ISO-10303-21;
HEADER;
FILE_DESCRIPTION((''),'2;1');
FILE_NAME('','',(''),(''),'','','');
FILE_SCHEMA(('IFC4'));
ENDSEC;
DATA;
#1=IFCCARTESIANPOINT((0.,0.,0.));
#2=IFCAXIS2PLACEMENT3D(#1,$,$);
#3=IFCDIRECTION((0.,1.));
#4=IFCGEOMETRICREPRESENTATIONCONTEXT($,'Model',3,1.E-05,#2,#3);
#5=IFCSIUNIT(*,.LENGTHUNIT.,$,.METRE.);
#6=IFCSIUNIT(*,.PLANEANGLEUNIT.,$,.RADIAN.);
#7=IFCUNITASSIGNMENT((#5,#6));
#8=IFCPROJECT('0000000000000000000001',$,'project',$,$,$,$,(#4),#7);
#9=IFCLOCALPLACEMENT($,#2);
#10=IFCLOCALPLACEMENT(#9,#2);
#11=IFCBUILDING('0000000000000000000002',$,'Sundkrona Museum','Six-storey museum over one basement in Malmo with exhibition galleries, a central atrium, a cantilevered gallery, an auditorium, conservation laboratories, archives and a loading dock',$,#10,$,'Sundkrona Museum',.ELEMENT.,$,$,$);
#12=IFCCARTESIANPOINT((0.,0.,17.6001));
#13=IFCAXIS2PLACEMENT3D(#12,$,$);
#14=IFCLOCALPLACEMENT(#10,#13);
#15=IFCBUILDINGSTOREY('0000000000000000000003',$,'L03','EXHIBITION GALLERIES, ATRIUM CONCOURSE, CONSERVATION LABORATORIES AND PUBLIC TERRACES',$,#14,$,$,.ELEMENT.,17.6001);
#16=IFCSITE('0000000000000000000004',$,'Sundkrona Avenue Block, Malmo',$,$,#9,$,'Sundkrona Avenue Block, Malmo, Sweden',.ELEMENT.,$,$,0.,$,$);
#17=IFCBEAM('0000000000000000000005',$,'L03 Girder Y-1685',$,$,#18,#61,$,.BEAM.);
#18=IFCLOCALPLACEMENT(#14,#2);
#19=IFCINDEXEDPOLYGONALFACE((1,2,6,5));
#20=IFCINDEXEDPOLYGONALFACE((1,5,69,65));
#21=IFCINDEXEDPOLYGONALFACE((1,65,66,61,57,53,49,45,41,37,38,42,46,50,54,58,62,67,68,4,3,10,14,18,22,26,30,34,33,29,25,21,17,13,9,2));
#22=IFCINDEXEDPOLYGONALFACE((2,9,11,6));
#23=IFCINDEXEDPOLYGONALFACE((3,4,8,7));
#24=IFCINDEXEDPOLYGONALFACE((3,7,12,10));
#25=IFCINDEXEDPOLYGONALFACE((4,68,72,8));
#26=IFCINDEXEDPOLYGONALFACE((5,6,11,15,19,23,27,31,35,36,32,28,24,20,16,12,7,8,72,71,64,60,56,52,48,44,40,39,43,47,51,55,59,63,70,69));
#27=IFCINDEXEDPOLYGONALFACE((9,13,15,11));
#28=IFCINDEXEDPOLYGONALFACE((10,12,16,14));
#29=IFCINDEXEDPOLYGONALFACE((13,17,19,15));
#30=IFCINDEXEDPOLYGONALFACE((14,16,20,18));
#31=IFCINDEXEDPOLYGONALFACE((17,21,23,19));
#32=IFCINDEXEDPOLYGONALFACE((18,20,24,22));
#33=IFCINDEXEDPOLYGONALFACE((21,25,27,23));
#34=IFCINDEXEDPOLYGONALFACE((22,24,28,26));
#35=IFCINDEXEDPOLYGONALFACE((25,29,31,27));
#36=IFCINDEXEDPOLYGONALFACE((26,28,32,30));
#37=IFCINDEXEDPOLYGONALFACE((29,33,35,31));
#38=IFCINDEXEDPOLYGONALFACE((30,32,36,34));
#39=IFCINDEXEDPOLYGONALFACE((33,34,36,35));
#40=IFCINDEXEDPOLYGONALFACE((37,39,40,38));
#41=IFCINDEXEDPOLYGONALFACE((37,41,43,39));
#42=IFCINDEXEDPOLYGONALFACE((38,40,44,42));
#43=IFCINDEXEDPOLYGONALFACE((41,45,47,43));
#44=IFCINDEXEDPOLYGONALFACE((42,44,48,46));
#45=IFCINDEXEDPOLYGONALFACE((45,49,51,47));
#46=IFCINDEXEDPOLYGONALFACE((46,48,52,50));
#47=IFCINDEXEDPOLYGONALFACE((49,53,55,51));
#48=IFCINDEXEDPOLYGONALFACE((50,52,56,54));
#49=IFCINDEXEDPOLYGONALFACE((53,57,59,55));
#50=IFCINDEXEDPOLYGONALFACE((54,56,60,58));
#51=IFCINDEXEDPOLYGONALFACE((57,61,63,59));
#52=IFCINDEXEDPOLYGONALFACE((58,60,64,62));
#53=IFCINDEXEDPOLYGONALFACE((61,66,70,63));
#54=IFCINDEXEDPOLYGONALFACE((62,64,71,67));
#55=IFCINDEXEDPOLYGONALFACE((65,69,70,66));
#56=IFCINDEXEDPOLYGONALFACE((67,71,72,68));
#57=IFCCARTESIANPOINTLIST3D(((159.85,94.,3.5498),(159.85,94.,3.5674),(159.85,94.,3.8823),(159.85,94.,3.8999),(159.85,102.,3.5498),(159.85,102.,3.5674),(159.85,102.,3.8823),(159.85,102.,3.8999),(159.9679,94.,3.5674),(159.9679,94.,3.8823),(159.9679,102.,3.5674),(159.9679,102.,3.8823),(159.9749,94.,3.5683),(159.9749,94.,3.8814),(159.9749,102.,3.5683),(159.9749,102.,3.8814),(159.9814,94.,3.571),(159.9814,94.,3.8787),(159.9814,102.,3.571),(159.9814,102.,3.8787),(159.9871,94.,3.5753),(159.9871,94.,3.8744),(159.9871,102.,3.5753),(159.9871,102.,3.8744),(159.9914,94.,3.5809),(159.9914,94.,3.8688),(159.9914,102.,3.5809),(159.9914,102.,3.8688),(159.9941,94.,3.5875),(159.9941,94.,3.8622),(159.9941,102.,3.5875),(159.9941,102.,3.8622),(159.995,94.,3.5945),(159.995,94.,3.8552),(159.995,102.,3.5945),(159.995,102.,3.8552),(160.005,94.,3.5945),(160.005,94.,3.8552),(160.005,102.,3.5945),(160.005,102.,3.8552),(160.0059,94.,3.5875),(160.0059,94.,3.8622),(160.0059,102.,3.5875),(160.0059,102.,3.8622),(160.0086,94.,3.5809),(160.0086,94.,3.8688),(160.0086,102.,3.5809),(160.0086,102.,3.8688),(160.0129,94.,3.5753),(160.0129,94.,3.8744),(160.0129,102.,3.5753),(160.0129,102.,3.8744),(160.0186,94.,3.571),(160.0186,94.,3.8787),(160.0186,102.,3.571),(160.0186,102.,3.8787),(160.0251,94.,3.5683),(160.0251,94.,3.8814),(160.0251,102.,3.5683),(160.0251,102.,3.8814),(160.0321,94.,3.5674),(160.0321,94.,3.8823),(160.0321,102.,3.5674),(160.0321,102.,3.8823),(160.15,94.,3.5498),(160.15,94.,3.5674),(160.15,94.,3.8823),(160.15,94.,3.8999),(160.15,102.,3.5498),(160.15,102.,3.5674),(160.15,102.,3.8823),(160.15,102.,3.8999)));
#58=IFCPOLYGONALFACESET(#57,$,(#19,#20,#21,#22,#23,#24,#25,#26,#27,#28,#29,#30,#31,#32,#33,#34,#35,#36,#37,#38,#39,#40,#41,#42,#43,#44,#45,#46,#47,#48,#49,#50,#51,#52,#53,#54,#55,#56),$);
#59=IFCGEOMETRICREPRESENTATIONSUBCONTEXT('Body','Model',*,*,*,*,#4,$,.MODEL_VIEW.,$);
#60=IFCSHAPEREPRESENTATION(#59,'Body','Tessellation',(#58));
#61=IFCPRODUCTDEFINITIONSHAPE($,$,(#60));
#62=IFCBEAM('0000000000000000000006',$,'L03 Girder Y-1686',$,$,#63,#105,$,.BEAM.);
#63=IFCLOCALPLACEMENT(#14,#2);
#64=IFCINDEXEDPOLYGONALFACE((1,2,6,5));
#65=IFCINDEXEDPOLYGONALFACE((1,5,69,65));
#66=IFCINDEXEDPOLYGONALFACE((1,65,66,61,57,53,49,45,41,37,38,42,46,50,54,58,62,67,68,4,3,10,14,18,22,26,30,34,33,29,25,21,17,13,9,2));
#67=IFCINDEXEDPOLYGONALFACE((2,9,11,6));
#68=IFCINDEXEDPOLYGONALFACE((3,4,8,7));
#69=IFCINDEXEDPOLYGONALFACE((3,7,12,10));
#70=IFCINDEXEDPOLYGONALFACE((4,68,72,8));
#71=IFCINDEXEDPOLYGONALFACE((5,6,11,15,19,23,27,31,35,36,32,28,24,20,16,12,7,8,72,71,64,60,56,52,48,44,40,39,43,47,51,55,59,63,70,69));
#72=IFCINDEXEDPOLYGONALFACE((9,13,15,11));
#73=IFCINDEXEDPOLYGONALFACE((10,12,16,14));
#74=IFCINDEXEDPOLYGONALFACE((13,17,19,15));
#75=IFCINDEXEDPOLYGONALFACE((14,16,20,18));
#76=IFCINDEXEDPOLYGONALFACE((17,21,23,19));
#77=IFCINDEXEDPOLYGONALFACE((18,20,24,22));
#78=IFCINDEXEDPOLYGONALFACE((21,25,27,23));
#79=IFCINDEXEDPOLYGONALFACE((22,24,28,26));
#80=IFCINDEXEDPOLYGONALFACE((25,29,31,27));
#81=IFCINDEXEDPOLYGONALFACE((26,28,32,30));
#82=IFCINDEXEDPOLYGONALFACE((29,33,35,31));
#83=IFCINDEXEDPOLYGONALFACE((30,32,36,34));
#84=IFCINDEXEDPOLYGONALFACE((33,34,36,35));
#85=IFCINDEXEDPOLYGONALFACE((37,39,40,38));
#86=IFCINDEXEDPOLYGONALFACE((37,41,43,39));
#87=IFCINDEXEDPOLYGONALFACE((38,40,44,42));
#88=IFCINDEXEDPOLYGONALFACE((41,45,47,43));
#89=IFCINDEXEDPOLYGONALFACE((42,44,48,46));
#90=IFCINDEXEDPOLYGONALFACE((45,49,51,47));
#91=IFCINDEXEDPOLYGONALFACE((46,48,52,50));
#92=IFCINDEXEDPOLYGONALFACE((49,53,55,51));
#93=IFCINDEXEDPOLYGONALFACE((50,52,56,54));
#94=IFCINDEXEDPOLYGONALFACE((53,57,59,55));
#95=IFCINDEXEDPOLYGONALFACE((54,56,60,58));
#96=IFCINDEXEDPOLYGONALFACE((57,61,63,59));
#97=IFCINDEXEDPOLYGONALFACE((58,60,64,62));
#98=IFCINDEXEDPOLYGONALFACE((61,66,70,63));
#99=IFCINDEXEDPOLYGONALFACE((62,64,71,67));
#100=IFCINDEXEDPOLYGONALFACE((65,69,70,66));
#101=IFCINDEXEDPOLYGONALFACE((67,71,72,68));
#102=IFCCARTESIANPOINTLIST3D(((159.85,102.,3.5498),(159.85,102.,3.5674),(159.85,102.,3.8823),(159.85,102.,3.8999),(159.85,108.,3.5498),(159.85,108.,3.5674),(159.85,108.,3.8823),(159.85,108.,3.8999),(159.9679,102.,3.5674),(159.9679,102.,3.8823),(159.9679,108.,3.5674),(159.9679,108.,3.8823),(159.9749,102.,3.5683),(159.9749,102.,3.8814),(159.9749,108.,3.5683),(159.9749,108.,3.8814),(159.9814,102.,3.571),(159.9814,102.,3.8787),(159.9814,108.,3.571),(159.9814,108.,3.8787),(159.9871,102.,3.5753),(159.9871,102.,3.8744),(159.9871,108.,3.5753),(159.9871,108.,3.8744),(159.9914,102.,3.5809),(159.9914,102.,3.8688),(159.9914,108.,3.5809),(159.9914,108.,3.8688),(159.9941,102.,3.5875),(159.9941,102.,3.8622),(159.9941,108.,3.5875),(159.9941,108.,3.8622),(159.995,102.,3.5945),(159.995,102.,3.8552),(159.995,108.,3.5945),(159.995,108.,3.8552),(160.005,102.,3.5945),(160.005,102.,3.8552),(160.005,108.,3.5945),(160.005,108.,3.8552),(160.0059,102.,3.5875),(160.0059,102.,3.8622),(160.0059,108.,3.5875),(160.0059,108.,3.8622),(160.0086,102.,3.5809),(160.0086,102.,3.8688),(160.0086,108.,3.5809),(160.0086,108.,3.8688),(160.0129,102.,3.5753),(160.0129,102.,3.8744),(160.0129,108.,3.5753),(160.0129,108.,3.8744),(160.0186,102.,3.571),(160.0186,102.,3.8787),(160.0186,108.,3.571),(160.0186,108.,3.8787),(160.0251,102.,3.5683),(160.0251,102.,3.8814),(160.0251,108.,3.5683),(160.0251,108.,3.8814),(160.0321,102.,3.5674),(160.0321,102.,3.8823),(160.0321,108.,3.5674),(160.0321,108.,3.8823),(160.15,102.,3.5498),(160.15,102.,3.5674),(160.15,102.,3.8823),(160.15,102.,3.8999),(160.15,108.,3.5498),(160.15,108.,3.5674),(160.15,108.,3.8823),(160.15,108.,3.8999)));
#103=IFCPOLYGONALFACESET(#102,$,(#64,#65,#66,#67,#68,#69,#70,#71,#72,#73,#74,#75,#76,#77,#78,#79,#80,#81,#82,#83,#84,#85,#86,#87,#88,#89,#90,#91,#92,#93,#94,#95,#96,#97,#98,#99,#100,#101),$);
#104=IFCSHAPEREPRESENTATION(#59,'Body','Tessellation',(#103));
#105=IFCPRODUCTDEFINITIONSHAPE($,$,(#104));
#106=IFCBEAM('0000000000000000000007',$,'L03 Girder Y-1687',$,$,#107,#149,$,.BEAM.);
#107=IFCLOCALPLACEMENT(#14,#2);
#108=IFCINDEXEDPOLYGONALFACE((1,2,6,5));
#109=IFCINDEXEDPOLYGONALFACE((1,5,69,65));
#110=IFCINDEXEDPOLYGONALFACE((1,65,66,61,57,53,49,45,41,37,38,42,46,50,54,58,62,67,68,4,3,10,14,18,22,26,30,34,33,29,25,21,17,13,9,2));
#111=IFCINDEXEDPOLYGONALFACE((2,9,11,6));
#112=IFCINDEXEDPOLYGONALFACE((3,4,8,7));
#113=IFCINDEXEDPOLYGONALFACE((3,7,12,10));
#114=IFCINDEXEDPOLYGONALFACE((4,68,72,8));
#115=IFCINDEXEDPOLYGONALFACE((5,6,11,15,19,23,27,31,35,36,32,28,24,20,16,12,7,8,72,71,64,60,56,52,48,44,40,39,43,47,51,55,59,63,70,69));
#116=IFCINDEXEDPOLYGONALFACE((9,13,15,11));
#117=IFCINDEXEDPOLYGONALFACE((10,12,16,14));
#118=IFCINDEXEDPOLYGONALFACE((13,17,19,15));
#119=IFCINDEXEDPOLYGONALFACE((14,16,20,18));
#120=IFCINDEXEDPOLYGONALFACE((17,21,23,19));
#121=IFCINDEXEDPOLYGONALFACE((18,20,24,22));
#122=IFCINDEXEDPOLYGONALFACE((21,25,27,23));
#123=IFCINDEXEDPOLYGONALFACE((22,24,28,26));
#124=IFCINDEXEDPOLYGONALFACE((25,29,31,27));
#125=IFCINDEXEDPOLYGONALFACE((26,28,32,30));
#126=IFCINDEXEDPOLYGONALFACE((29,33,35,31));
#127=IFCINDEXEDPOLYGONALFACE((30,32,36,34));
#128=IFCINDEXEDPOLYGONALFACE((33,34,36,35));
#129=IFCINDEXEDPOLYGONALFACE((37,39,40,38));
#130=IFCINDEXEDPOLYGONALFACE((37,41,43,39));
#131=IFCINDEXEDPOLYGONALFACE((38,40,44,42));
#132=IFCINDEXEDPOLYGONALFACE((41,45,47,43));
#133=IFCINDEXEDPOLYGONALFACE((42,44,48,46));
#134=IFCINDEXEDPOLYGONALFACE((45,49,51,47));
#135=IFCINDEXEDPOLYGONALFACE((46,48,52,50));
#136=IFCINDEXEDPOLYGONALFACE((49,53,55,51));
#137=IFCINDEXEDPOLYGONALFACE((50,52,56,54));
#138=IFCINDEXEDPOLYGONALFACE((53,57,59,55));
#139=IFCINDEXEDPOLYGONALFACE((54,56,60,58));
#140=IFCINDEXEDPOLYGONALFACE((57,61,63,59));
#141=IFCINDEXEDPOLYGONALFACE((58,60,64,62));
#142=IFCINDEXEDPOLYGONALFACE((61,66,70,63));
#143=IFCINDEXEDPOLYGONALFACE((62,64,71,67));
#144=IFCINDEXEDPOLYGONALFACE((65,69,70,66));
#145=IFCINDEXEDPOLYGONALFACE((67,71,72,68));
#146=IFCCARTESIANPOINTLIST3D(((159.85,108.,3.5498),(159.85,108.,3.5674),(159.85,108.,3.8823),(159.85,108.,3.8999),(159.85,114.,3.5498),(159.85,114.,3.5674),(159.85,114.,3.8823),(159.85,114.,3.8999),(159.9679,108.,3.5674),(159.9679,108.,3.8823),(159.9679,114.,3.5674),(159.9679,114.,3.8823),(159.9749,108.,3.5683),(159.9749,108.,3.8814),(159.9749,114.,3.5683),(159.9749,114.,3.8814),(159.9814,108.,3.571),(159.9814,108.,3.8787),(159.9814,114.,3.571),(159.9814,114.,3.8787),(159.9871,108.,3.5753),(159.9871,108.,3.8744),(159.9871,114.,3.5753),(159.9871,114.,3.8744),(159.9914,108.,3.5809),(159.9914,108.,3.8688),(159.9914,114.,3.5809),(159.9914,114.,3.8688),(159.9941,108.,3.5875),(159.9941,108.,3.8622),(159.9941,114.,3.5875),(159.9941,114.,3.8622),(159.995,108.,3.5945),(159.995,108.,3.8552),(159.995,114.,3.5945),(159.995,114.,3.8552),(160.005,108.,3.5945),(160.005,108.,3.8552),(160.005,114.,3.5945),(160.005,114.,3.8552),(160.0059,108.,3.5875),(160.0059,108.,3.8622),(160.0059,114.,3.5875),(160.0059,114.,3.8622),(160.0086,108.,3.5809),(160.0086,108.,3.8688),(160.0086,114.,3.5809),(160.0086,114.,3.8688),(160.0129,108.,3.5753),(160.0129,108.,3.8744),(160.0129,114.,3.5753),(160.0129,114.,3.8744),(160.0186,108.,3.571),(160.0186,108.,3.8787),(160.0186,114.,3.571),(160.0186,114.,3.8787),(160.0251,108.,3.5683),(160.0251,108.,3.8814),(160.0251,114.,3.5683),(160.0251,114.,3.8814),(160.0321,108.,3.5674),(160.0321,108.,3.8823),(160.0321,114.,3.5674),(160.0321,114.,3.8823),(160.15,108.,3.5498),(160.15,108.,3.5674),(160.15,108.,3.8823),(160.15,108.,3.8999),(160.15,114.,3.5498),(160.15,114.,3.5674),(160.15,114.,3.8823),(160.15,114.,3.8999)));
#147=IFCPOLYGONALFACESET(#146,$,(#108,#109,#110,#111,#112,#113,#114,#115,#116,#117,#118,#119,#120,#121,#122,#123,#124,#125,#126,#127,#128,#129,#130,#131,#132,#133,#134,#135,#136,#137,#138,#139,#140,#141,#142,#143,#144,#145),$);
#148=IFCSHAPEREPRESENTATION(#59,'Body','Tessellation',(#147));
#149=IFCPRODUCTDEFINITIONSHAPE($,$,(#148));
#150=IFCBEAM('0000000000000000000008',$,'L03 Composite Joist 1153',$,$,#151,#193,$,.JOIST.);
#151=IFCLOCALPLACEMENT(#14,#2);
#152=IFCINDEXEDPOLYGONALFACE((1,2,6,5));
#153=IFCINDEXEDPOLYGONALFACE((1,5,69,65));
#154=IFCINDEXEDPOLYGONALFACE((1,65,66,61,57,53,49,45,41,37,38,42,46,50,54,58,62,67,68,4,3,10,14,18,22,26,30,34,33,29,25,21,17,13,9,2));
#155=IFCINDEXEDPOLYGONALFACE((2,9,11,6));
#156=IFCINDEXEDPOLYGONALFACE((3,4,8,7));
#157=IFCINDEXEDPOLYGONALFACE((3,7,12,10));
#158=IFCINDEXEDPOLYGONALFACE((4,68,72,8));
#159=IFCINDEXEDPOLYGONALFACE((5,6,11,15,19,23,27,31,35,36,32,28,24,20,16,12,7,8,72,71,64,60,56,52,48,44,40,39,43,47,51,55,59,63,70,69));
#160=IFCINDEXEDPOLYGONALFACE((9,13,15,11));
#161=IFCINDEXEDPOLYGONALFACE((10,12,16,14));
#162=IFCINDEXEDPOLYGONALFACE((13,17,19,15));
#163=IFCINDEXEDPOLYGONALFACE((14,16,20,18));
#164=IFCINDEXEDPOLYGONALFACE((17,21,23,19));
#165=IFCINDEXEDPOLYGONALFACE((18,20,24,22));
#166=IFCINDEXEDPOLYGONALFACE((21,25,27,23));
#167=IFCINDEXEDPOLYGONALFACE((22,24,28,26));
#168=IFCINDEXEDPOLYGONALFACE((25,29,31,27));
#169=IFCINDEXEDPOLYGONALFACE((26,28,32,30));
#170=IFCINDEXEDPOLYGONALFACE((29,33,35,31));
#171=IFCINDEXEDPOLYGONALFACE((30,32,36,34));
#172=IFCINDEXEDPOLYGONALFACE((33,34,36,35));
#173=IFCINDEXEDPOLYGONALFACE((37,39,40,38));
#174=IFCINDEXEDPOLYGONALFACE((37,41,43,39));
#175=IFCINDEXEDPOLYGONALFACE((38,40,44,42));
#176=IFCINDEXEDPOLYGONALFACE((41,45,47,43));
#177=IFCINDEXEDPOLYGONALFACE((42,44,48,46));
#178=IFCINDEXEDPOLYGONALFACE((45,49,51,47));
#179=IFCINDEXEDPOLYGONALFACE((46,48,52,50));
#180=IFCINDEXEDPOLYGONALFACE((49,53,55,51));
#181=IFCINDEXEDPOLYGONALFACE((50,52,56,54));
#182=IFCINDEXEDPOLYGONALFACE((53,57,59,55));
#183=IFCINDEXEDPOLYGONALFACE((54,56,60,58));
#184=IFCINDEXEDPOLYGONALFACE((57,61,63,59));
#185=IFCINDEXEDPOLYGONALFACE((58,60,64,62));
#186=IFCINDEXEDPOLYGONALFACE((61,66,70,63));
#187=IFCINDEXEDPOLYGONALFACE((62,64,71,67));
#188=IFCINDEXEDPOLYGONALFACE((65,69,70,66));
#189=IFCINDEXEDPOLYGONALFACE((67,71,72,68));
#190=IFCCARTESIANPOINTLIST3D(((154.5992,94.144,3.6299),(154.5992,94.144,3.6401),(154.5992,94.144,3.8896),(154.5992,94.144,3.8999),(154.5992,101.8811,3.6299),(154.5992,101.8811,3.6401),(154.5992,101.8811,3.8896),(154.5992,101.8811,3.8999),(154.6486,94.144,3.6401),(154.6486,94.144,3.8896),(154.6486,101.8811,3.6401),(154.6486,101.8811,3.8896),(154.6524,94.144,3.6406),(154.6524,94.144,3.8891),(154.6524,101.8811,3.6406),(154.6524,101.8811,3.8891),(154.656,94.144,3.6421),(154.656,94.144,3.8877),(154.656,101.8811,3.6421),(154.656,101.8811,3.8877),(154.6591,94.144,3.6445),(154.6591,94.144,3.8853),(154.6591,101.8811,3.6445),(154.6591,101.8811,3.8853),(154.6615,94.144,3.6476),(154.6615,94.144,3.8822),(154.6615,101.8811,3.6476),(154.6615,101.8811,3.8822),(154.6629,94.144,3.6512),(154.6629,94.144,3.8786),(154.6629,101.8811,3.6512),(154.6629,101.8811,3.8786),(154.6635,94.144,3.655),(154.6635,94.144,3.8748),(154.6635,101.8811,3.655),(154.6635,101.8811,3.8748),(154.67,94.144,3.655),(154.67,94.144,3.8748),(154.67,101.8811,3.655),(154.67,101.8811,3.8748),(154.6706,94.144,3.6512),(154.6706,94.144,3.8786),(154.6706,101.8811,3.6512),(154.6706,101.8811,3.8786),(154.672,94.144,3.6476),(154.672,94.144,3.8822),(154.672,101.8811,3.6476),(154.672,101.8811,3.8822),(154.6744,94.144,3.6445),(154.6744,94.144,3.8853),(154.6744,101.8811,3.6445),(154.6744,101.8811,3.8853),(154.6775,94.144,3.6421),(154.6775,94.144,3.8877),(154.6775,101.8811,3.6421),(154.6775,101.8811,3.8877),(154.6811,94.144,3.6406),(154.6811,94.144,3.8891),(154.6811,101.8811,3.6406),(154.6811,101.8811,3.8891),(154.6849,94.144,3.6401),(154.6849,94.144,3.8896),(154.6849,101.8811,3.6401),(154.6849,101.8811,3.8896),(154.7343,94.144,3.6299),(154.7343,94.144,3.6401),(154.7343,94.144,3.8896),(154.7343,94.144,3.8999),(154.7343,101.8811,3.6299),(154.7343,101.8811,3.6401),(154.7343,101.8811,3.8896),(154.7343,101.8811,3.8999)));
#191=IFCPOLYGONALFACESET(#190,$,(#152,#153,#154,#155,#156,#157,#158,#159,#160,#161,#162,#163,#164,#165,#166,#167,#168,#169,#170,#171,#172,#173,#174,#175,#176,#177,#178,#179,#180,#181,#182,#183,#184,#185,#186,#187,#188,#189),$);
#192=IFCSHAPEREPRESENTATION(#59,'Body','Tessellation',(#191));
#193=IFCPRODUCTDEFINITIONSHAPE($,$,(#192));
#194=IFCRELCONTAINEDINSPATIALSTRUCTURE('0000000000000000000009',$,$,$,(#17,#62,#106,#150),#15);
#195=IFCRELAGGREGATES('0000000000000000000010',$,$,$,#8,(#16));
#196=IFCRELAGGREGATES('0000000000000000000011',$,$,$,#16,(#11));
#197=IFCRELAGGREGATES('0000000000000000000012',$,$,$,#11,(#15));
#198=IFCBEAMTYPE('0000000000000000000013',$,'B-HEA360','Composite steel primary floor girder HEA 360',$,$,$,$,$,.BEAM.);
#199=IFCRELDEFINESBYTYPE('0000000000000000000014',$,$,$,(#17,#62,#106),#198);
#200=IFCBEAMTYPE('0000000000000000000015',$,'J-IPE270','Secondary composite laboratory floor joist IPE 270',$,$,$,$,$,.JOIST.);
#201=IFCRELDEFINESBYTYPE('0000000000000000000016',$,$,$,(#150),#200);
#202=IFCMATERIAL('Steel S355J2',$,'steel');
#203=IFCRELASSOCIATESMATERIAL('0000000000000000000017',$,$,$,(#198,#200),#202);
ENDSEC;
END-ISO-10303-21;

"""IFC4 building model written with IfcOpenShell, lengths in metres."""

from ifc_helpers import new_model, si_unit, direction, frame, origin, origin_2d, place, context, subcontext, project, spatial, i_section, extrude, material, material_profile, profile_set, type_object, element, save


model = new_model("IFC4")

# Units and contexts
model_context = context("Model", 3, precision=1e-05, world=origin(), true_north=direction((0.0, 1.0)))
body_context = subcontext(model_context, "Body", "Model", "MODEL_VIEW")
ifc_project = project(units=[si_unit("LENGTHUNIT", "METRE"), si_unit("PLANEANGLEUNIT", "RADIAN")], contexts=[model_context])

# Site, building, storey
site_placement = place(None, origin())
site = spatial("IfcSite", under=ifc_project, at=site_placement, Name="Sundkrona Avenue Block, Malmo", LongName="Sundkrona Avenue Block, Malmo, Sweden", CompositionType="ELEMENT", RefElevation=0.0)
building_placement = place(site_placement, origin())
building = spatial("IfcBuilding", under=site, at=building_placement, Name="Sundkrona Museum", Description="Six-storey museum over one basement in Malmo with exhibition galleries, a central atrium, a cantilevered gallery, an auditorium, conservation laboratories, archives and a loading dock", LongName="Sundkrona Museum", CompositionType="ELEMENT")
storey_placement = place(building_placement, frame((0.0, 0.0, 17.6001)))
storey = spatial("IfcBuildingStorey", under=building, at=storey_placement, Name="L03", Description="EXHIBITION GALLERIES, ATRIUM CONCOURSE, CONSERVATION LABORATORIES AND PUBLIC TERRACES", CompositionType="ELEMENT", Elevation=17.6001)

# Shared definitions
ifc_material_1 = material(Name="Steel S355J2", Category="steel")

# Beams
ifc_material_profile_1 = material_profile(ifc_material_1, i_section(OverallWidth=0.3, OverallDepth=0.3501, WebThickness=0.01, FlangeThickness=0.0176, FilletRadius=0.0271, at=origin_2d()), Name="HEA 360")
ifc_profile_set_1 = profile_set([ifc_material_profile_1], Name="Steel S355J2")
beam_type_1 = type_object("IfcBeamType", Name="B-HEA360", Description="Composite steel primary floor girder HEA 360", PredefinedType="BEAM", material=ifc_profile_set_1)
beam_1_placement = place(storey_placement, frame((160.0, 94.0, 3.7249), z_axis=(0.0, 1.0, 0.0), x_axis=(-1.0, 0.0, 0.0)))
element("IfcBeam", 1, at=beam_1_placement, inside=storey, type_object=beam_type_1, Name="L03 Girder Y-1685", PredefinedType="BEAM", context=body_context, shape_type="SweptSolid", body=[
    extrude(i_section(OverallWidth=0.3, OverallDepth=0.3501, WebThickness=0.01, FlangeThickness=0.0176, FilletRadius=0.0271, at=origin_2d()), origin(), (0.0, 0.0, 1.0), 8.0),
])
for number, where, z_axis, x_axis, name in (
    (2, (160.0, 102.0, 3.7249), (0.0, 1.0, 0.0), (-1.0, 0.0, 0.0), "L03 Girder Y-1686"),
    (3, (160.0, 108.0, 3.7249), (0.0, 1.0, 0.0), (-1.0, 0.0, 0.0), "L03 Girder Y-1687"),
):
    element("IfcBeam", number, at=place(storey_placement, frame(where, z_axis=z_axis, x_axis=x_axis)), inside=storey, type_object=beam_type_1, Name=name, PredefinedType="BEAM", context=body_context, shape_type="SweptSolid", body=[
        extrude(i_section(OverallWidth=0.3, OverallDepth=0.3501, WebThickness=0.01, FlangeThickness=0.0176, FilletRadius=0.0271, at=origin_2d()), origin(), (0.0, 0.0, 1.0), 6.0),
    ])
ifc_material_profile_2 = material_profile(ifc_material_1, i_section(OverallWidth=0.135, OverallDepth=0.27, WebThickness=0.0066, FlangeThickness=0.0103, FilletRadius=0.0149, at=origin_2d()), Name="IPE 270")
ifc_profile_set_2 = profile_set([ifc_material_profile_2], Name="Steel S355J2")
beam_type_2 = type_object("IfcBeamType", Name="J-IPE270", Description="Secondary composite laboratory floor joist IPE 270", PredefinedType="JOIST", material=ifc_profile_set_2)
for number, where, z_axis, x_axis, name in (
    (4, (154.6667, 94.144, 3.7649), (0.0, 1.0, 0.0), (-1.0, 0.0, 0.0), "L03 Composite Joist 1153"),
):
    element("IfcBeam", number, at=place(storey_placement, frame(where, z_axis=z_axis, x_axis=x_axis)), inside=storey, type_object=beam_type_2, Name=name, PredefinedType="JOIST", context=body_context, shape_type="SweptSolid", body=[
        extrude(i_section(OverallWidth=0.135, OverallDepth=0.27, WebThickness=0.0066, FlangeThickness=0.0103, FilletRadius=0.0149, at=origin_2d()), origin(), (0.0, 0.0, 1.0), 7.7371),
    ])

save(model, "model.ifc")
